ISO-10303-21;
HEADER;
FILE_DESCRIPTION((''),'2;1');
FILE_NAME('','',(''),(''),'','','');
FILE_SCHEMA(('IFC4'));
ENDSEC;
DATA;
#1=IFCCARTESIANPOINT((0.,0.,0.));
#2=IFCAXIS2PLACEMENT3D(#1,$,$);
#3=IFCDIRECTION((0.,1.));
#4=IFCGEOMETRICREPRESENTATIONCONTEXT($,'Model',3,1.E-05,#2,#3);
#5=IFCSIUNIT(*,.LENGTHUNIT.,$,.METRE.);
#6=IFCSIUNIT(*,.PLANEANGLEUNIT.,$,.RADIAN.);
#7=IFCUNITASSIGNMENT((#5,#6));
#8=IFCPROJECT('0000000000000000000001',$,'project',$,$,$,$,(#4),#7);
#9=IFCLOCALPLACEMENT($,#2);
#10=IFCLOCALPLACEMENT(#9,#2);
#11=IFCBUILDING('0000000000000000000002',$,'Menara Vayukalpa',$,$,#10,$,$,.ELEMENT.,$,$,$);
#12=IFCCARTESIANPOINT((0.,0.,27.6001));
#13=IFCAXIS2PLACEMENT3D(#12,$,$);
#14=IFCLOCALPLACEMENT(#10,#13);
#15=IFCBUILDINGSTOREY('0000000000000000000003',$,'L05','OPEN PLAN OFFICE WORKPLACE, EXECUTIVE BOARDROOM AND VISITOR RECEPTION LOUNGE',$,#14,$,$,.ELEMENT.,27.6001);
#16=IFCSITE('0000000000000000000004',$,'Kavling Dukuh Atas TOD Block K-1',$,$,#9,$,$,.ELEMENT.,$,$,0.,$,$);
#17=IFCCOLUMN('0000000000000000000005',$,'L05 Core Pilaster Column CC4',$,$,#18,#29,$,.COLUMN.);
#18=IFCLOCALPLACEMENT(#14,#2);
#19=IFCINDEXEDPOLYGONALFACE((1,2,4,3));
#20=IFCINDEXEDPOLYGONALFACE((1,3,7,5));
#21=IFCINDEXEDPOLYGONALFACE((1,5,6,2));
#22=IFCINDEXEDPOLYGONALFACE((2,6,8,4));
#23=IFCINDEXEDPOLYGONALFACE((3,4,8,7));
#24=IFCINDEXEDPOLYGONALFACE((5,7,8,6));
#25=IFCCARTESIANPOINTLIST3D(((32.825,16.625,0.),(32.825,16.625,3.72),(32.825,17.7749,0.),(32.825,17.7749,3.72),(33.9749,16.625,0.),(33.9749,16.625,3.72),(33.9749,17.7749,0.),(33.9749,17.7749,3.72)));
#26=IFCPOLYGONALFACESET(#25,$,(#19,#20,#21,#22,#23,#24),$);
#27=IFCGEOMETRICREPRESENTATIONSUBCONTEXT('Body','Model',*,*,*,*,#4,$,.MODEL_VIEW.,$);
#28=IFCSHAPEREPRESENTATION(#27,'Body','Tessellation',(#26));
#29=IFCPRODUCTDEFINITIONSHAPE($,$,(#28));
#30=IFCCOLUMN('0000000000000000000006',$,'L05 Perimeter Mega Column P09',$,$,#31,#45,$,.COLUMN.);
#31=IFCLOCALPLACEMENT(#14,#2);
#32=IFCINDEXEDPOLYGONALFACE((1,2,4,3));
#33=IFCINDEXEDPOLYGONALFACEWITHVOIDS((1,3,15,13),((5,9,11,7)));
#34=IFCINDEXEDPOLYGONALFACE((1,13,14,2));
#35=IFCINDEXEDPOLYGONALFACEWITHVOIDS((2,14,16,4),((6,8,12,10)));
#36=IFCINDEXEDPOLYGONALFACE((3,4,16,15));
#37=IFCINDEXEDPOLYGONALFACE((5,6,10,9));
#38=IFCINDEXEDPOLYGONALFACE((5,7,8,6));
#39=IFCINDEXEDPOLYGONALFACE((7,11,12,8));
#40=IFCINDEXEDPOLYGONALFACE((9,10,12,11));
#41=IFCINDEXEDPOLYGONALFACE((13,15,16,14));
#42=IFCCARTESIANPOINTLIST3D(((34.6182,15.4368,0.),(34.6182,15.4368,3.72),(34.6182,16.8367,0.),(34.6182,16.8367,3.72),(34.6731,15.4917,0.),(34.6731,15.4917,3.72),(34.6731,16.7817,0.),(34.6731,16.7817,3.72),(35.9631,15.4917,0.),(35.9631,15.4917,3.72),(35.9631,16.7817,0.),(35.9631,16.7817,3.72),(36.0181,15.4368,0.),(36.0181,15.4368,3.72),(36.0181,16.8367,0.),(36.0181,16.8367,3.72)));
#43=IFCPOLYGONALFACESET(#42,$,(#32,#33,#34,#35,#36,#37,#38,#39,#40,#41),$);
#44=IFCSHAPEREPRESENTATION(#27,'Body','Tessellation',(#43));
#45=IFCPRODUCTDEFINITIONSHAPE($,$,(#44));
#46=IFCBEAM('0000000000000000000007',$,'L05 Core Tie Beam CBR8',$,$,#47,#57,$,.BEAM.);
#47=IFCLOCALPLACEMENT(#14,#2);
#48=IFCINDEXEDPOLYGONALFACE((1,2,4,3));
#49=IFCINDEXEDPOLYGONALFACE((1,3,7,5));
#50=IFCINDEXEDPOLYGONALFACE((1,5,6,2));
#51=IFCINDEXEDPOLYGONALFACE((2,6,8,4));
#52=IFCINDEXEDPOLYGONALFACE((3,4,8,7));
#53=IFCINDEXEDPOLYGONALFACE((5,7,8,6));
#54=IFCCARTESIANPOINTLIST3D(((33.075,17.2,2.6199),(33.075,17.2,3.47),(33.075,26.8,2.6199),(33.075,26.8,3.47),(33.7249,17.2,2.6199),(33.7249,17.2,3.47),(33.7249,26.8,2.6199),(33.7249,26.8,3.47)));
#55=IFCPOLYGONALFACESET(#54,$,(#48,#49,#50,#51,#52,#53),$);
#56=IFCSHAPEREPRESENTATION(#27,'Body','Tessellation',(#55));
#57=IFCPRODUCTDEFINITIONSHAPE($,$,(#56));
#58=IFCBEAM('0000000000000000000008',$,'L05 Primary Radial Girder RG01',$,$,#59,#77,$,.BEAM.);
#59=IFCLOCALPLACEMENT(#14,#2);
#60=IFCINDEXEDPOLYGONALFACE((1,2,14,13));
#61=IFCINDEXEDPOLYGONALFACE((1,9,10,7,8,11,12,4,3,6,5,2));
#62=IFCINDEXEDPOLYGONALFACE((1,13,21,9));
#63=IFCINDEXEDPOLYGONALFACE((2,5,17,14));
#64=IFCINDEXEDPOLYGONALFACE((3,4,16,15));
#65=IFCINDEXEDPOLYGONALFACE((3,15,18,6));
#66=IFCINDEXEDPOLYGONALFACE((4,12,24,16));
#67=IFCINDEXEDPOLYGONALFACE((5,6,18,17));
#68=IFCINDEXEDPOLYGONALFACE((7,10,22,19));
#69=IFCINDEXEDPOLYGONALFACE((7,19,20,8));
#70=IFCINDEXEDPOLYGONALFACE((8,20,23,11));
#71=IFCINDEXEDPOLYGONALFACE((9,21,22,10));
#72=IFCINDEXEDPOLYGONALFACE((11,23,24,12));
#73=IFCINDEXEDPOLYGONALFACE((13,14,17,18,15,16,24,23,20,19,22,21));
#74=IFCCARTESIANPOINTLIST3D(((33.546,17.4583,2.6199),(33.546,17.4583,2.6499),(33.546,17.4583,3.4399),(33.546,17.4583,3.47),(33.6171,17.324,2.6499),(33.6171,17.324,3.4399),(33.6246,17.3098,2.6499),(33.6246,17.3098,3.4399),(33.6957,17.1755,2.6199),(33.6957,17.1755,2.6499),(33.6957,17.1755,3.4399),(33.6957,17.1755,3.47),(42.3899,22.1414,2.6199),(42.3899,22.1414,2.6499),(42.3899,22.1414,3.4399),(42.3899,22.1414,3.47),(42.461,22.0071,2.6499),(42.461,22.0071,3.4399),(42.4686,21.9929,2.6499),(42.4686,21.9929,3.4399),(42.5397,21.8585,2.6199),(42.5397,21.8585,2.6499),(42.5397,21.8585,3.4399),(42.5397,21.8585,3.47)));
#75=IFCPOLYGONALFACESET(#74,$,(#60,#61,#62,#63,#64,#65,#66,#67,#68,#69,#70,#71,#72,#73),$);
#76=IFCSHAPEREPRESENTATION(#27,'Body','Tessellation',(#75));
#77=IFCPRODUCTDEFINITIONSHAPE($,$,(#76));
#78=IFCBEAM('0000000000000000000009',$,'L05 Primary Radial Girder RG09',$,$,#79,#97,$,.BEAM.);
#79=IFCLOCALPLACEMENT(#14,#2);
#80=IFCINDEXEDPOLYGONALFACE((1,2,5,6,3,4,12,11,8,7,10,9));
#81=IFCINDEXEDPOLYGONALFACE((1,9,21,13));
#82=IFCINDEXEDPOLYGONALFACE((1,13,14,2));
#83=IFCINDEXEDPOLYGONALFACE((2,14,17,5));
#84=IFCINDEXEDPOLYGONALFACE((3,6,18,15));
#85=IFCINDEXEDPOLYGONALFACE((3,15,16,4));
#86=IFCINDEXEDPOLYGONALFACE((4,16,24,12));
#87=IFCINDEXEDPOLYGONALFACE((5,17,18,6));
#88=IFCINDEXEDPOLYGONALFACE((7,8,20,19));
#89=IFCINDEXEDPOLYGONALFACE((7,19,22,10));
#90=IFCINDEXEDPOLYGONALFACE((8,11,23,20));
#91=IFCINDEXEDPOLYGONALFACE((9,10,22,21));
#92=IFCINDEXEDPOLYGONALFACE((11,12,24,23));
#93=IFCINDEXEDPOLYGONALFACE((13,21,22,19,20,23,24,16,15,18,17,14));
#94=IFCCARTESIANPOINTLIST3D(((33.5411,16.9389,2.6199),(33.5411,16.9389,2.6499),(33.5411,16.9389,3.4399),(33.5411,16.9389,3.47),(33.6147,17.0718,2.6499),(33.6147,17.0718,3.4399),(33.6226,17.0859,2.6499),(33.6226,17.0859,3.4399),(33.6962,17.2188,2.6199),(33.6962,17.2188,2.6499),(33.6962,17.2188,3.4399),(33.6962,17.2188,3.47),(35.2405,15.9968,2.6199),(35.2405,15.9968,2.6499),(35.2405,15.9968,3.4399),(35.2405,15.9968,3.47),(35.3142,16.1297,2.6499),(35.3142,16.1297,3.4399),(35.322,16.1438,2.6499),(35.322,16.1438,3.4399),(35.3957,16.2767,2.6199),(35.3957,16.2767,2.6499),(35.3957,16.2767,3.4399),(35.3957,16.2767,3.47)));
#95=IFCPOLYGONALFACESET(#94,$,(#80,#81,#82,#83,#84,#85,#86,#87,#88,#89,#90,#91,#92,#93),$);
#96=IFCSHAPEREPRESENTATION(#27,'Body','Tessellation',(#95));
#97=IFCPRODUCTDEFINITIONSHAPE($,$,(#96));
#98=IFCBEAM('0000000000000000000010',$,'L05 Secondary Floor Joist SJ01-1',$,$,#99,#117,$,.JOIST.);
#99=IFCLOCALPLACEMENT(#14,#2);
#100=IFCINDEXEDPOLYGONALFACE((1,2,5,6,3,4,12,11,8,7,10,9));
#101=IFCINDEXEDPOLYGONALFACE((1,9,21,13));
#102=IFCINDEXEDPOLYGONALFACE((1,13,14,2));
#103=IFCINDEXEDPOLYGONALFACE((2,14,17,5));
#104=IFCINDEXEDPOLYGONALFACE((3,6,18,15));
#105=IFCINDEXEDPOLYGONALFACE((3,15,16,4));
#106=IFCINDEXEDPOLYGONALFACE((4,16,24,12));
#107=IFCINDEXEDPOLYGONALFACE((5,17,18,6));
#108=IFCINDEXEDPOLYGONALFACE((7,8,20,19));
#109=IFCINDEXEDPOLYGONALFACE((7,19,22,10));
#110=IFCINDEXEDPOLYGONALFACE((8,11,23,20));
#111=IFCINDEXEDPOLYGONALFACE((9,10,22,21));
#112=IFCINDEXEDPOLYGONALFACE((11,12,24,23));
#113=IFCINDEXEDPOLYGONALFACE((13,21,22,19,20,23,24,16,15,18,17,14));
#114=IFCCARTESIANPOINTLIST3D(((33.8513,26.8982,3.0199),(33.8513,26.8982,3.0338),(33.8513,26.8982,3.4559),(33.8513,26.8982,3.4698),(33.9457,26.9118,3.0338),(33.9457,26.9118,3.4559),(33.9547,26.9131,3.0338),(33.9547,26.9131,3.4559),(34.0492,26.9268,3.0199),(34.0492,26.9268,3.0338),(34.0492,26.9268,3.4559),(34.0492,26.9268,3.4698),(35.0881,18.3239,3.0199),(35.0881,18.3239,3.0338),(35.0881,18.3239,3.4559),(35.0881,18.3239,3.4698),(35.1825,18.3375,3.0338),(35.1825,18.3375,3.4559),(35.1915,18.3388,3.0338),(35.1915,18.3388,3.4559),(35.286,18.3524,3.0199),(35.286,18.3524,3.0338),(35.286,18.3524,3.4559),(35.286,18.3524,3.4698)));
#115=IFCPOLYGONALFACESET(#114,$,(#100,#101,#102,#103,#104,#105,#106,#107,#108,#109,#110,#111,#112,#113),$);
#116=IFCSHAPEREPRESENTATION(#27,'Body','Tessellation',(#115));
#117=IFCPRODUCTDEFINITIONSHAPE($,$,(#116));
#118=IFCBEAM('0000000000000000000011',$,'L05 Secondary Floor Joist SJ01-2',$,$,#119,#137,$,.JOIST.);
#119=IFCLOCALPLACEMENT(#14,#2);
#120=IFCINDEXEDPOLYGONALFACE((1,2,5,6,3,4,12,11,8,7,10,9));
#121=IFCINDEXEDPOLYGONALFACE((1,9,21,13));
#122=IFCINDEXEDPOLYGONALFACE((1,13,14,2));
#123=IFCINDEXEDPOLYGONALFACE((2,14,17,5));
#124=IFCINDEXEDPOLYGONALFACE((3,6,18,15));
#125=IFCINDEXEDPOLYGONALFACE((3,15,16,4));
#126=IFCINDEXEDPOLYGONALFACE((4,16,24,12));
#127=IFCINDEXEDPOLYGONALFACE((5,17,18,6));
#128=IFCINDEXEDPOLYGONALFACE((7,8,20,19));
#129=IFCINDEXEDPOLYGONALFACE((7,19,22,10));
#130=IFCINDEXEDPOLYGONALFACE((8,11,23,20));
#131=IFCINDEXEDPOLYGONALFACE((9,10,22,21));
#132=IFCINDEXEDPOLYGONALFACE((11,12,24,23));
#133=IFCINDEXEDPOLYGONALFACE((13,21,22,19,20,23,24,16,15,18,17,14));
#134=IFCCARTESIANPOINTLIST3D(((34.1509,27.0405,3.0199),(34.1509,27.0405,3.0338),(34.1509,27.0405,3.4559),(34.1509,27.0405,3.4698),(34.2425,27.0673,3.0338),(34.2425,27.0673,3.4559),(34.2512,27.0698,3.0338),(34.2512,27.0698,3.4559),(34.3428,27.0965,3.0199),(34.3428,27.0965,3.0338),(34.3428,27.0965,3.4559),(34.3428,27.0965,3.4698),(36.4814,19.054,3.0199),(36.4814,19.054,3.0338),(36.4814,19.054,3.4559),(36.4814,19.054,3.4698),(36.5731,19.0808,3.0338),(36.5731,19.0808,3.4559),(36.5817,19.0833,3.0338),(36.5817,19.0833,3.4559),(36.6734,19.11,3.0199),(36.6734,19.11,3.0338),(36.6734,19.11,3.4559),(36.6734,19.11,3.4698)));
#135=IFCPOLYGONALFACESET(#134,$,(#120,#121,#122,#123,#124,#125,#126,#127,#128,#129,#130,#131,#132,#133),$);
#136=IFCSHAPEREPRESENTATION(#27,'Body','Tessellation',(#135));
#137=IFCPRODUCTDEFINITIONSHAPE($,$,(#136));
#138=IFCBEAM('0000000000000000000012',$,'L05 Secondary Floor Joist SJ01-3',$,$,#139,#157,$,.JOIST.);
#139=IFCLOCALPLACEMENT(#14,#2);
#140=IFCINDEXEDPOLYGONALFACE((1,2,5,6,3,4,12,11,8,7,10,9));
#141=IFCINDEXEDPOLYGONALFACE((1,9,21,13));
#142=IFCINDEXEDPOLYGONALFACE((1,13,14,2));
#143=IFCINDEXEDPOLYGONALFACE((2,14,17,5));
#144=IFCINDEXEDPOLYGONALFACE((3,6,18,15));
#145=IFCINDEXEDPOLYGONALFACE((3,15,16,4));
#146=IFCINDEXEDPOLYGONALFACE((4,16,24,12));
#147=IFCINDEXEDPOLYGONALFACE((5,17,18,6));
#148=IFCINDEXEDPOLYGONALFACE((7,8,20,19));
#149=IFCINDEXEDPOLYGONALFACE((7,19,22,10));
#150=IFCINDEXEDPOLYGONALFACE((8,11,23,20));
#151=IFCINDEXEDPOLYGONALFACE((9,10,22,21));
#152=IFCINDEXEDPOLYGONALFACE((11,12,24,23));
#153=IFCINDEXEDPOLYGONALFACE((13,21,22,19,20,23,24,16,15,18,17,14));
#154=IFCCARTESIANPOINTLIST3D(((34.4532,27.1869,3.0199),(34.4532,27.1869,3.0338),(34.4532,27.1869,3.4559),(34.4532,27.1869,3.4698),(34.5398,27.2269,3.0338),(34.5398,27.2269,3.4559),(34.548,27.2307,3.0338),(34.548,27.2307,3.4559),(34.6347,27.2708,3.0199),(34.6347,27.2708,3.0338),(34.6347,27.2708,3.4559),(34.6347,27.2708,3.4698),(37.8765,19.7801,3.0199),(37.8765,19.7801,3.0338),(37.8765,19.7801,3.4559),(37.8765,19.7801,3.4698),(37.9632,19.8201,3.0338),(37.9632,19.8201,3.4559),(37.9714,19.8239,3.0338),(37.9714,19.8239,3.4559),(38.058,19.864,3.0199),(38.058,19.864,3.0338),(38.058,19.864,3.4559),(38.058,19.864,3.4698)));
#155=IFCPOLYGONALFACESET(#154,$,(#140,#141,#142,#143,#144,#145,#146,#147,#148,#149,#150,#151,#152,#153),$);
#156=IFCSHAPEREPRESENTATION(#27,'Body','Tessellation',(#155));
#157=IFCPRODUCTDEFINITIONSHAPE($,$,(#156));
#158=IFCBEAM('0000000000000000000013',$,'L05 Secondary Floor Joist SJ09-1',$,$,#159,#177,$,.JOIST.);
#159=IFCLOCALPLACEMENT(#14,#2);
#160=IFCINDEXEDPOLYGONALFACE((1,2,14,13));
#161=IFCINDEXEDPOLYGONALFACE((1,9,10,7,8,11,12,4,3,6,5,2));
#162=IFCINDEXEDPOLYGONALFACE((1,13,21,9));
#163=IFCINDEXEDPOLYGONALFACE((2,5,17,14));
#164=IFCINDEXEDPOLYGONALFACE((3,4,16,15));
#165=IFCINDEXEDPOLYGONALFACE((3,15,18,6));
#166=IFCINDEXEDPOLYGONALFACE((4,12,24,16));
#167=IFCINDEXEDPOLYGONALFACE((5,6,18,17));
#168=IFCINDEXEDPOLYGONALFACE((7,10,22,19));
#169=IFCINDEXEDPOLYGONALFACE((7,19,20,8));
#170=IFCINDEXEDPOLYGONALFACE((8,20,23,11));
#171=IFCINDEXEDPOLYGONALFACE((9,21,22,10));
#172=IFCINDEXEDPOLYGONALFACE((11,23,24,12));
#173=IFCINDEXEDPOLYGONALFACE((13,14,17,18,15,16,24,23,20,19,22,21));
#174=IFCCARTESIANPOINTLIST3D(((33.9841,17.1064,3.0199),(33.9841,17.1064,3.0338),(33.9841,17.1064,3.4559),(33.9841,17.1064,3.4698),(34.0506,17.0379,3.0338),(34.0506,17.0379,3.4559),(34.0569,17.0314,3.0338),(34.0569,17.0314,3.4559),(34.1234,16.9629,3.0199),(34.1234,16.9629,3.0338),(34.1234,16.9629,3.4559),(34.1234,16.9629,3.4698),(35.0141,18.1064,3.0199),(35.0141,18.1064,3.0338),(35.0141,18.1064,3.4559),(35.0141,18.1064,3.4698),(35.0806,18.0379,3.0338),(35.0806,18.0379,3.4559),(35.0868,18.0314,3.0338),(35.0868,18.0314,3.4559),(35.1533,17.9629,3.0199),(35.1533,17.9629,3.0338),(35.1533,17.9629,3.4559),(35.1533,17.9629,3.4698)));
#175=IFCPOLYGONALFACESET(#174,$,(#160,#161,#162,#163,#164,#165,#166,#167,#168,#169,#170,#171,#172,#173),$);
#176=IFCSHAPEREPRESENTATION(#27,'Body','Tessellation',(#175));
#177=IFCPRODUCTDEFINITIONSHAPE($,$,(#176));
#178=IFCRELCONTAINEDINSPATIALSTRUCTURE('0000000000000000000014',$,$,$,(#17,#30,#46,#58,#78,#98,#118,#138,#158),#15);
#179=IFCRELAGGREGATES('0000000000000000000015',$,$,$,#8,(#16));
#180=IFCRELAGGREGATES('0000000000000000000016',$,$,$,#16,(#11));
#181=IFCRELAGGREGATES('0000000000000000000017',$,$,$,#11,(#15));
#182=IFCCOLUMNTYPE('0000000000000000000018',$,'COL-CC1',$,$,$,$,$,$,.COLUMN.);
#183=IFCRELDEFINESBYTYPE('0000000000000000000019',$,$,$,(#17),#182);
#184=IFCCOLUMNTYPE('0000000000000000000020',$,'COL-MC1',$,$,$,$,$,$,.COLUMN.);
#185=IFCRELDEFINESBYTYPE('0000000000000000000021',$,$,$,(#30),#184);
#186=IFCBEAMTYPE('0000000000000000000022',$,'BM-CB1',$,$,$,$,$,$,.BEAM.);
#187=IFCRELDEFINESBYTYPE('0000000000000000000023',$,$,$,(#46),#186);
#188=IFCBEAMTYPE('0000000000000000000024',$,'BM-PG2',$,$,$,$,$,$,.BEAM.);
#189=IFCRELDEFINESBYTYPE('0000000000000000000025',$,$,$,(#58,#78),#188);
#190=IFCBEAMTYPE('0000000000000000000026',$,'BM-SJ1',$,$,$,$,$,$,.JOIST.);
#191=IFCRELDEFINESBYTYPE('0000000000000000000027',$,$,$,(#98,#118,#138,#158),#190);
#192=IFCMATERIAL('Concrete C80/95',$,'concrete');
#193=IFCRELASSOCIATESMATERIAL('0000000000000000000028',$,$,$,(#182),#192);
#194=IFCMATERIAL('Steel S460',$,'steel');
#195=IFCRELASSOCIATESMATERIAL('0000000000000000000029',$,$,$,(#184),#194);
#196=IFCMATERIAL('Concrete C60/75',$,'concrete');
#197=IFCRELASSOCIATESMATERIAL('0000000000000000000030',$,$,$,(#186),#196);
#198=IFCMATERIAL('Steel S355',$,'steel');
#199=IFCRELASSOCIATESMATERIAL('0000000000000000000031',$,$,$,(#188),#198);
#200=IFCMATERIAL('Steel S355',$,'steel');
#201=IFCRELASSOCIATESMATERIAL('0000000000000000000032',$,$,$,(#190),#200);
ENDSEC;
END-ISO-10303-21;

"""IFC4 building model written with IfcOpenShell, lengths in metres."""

from ifc_helpers import new_model, si_unit, direction, frame, origin, origin_2d, place, context, subcontext, project, spatial, rectangle, hollow_rectangle, i_section, extrude, material, material_profile, profile_set, type_object, element, save


model = new_model("IFC4")

# Units and contexts
model_context = context("Model", 3, precision=1e-05, world=origin(), true_north=direction((0.0, 1.0)))
body_context = subcontext(model_context, "Body", "Model", "MODEL_VIEW")
ifc_project = project(units=[si_unit("LENGTHUNIT", "METRE"), si_unit("PLANEANGLEUNIT", "RADIAN")], contexts=[model_context])

# Site, building, storey
site_placement = place(None, origin())
site = spatial("IfcSite", under=ifc_project, at=site_placement, Name="Kavling Dukuh Atas TOD Block K-1", CompositionType="ELEMENT", RefElevation=0.0)
building_placement = place(site_placement, origin())
building = spatial("IfcBuilding", under=site, at=building_placement, Name="Menara Vayukalpa", CompositionType="ELEMENT")
storey_placement = place(building_placement, frame((0.0, 0.0, 27.6001)))
storey = spatial("IfcBuildingStorey", under=building, at=storey_placement, Name="L05", Description="OPEN PLAN OFFICE WORKPLACE, EXECUTIVE BOARDROOM AND VISITOR RECEPTION LOUNGE", CompositionType="ELEMENT", Elevation=27.6001)

# Columns
ifc_material_1 = material(Name="Concrete C80/95", Category="concrete")
ifc_material_profile_1 = material_profile(ifc_material_1, rectangle(XDim=1.1499, YDim=1.1499, at=origin_2d()), Name="RC 1150x1150")
ifc_profile_set_1 = profile_set([ifc_material_profile_1], Name="Concrete C80/95")
column_type_1 = type_object("IfcColumnType", Name="COL-CC1", PredefinedType="COLUMN", material=ifc_profile_set_1)
column_1_placement = place(storey_placement, frame((33.3999, 17.2, 0.0), z_axis=(0.0, 0.0, 1.0), x_axis=(1.0, 0.0, 0.0)))
element("IfcColumn", 1, at=column_1_placement, inside=storey, type_object=column_type_1, Name="L05 Core Pilaster Column CC4", PredefinedType="COLUMN", context=body_context, shape_type="SweptSolid", body=[
    extrude(rectangle(XDim=1.1499, YDim=1.1499, at=origin_2d()), origin(), (0.0, 0.0, 1.0), 3.72),
])
ifc_material_2 = material(Name="Steel S460", Category="steel")
ifc_material_profile_2 = material_profile(ifc_material_2, hollow_rectangle(XDim=1.3999, YDim=1.3999, WallThickness=0.0549, at=origin_2d()), Name="BOX 1400x1400x55")
ifc_profile_set_2 = profile_set([ifc_material_profile_2], Name="Steel S460")
column_type_2 = type_object("IfcColumnType", Name="COL-MC1", PredefinedType="COLUMN", material=ifc_profile_set_2)
column_2_placement = place(storey_placement, frame((35.3181, 16.1367, 0.0), z_axis=(0.0, 0.0, 1.0), x_axis=(1.0, 0.0, 0.0)))
element("IfcColumn", 2, at=column_2_placement, inside=storey, type_object=column_type_2, Name="L05 Perimeter Mega Column P09", PredefinedType="COLUMN", context=body_context, shape_type="SweptSolid", body=[
    extrude(hollow_rectangle(XDim=1.3999, YDim=1.3999, WallThickness=0.0549, at=origin_2d()), origin(), (0.0, 0.0, 1.0), 3.72),
])

# Beams
ifc_material_3 = material(Name="Concrete C60/75", Category="concrete")
ifc_material_profile_3 = material_profile(ifc_material_3, rectangle(XDim=0.6499, YDim=0.8501, at=origin_2d()), Name="RC 650x850")
ifc_profile_set_3 = profile_set([ifc_material_profile_3], Name="Concrete C60/75")
beam_type_1 = type_object("IfcBeamType", Name="BM-CB1", PredefinedType="BEAM", material=ifc_profile_set_3)
beam_1_placement = place(storey_placement, frame((33.3999, 17.2, 3.0449), z_axis=(0.0, 1.0, 0.0), x_axis=(-1.0, 0.0, 0.0)))
element("IfcBeam", 3, at=beam_1_placement, inside=storey, type_object=beam_type_1, Name="L05 Core Tie Beam CBR8", PredefinedType="BEAM", context=body_context, shape_type="SweptSolid", body=[
    extrude(rectangle(XDim=0.6499, YDim=0.8501, at=origin_2d()), origin(), (0.0, 0.0, 1.0), 9.6001),
])
ifc_material_4 = material(Name="Steel S355", Category="steel")
ifc_material_profile_4 = material_profile(ifc_material_4, i_section(OverallWidth=0.3201, OverallDepth=0.8501, WebThickness=0.0161, FlangeThickness=0.03, at=origin_2d()), Name="WF 850x320x16x30")
ifc_profile_set_4 = profile_set([ifc_material_profile_4], Name="Steel S355")
beam_type_2 = type_object("IfcBeamType", Name="BM-PG2", PredefinedType="BEAM", material=ifc_profile_set_4)
beam_2_placement = place(storey_placement, frame((33.6208, 17.3169, 3.0449), z_axis=(0.883747, 0.467965, 0.0), x_axis=(-0.467965, 0.883747, 0.0)))
element("IfcBeam", 4, at=beam_2_placement, inside=storey, type_object=beam_type_2, Name="L05 Primary Radial Girder RG01", PredefinedType="BEAM", context=body_context, shape_type="SweptSolid", body=[
    extrude(i_section(OverallWidth=0.3201, OverallDepth=0.8501, WebThickness=0.0161, FlangeThickness=0.03, at=origin_2d()), origin(), (0.0, 0.0, 1.0), 10.0073),
])
beam_3_placement = place(storey_placement, frame((33.6187, 17.0789, 3.0449), z_axis=(0.874595, -0.484853, 0.0), x_axis=(0.484853, 0.874595, 0.0)))
element("IfcBeam", 5, at=beam_3_placement, inside=storey, type_object=beam_type_2, Name="L05 Primary Radial Girder RG09", PredefinedType="BEAM", context=body_context, shape_type="SweptSolid", body=[
    extrude(i_section(OverallWidth=0.3201, OverallDepth=0.8501, WebThickness=0.0161, FlangeThickness=0.03, at=origin_2d()), origin(), (0.0, 0.0, 1.0), 1.9431),
])
ifc_material_5 = material(Name="Steel S355", Category="steel")
ifc_material_profile_5 = material_profile(ifc_material_5, i_section(OverallWidth=0.2, OverallDepth=0.45, WebThickness=0.009, FlangeThickness=0.0139, at=origin_2d()), Name="WF 450x200x9x14")
ifc_profile_set_5 = profile_set([ifc_material_profile_5], Name="Steel S355")
beam_type_3 = type_object("IfcBeamType", Name="BM-SJ1", PredefinedType="JOIST", material=ifc_profile_set_5)
beam_4_placement = place(storey_placement, frame((35.187, 18.3381, 3.2449), z_axis=(-0.142767, 0.989756, 0.0), x_axis=(-0.989756, -0.142767, 0.0)))
element("IfcBeam", 6, at=beam_4_placement, inside=storey, type_object=beam_type_3, Name="L05 Secondary Floor Joist SJ01-1", PredefinedType="JOIST", context=body_context, shape_type="SweptSolid", body=[
    extrude(i_section(OverallWidth=0.2, OverallDepth=0.45, WebThickness=0.009, FlangeThickness=0.0139, at=origin_2d()), origin(), (0.0, 0.0, 1.0), 8.6631),
])
beam_5_placement = place(storey_placement, frame((36.5774, 19.082, 3.2449), z_axis=(-0.280127, 0.959963, 0.0), x_axis=(-0.959963, -0.280127, 0.0)))
element("IfcBeam", 7, at=beam_5_placement, inside=storey, type_object=beam_type_3, Name="L05 Secondary Floor Joist SJ01-2", PredefinedType="JOIST", context=body_context, shape_type="SweptSolid", body=[
    extrude(i_section(OverallWidth=0.2, OverallDepth=0.45, WebThickness=0.009, FlangeThickness=0.0139, at=origin_2d()), origin(), (0.0, 0.0, 1.0), 8.3196),
])
beam_6_placement = place(storey_placement, frame((37.9673, 19.822, 3.2449), z_axis=(-0.419548, 0.907733, 0.0), x_axis=(-0.907733, -0.419548, 0.0)))
element("IfcBeam", 8, at=beam_6_placement, inside=storey, type_object=beam_type_3, Name="L05 Secondary Floor Joist SJ01-3", PredefinedType="JOIST", context=body_context, shape_type="SweptSolid", body=[
    extrude(i_section(OverallWidth=0.2, OverallDepth=0.45, WebThickness=0.009, FlangeThickness=0.0139, at=origin_2d()), origin(), (0.0, 0.0, 1.0), 8.1597),
])
beam_7_placement = place(storey_placement, frame((34.0537, 17.0347, 3.2449), z_axis=(0.717488, 0.696571, 0.0), x_axis=(-0.696571, 0.717488, 0.0)))
element("IfcBeam", 9, at=beam_7_placement, inside=storey, type_object=beam_type_3, Name="L05 Secondary Floor Joist SJ09-1", PredefinedType="JOIST", context=body_context, shape_type="SweptSolid", body=[
    extrude(i_section(OverallWidth=0.2, OverallDepth=0.45, WebThickness=0.009, FlangeThickness=0.0139, at=origin_2d()), origin(), (0.0, 0.0, 1.0), 1.4355),
])

save(model, "model.ifc")
